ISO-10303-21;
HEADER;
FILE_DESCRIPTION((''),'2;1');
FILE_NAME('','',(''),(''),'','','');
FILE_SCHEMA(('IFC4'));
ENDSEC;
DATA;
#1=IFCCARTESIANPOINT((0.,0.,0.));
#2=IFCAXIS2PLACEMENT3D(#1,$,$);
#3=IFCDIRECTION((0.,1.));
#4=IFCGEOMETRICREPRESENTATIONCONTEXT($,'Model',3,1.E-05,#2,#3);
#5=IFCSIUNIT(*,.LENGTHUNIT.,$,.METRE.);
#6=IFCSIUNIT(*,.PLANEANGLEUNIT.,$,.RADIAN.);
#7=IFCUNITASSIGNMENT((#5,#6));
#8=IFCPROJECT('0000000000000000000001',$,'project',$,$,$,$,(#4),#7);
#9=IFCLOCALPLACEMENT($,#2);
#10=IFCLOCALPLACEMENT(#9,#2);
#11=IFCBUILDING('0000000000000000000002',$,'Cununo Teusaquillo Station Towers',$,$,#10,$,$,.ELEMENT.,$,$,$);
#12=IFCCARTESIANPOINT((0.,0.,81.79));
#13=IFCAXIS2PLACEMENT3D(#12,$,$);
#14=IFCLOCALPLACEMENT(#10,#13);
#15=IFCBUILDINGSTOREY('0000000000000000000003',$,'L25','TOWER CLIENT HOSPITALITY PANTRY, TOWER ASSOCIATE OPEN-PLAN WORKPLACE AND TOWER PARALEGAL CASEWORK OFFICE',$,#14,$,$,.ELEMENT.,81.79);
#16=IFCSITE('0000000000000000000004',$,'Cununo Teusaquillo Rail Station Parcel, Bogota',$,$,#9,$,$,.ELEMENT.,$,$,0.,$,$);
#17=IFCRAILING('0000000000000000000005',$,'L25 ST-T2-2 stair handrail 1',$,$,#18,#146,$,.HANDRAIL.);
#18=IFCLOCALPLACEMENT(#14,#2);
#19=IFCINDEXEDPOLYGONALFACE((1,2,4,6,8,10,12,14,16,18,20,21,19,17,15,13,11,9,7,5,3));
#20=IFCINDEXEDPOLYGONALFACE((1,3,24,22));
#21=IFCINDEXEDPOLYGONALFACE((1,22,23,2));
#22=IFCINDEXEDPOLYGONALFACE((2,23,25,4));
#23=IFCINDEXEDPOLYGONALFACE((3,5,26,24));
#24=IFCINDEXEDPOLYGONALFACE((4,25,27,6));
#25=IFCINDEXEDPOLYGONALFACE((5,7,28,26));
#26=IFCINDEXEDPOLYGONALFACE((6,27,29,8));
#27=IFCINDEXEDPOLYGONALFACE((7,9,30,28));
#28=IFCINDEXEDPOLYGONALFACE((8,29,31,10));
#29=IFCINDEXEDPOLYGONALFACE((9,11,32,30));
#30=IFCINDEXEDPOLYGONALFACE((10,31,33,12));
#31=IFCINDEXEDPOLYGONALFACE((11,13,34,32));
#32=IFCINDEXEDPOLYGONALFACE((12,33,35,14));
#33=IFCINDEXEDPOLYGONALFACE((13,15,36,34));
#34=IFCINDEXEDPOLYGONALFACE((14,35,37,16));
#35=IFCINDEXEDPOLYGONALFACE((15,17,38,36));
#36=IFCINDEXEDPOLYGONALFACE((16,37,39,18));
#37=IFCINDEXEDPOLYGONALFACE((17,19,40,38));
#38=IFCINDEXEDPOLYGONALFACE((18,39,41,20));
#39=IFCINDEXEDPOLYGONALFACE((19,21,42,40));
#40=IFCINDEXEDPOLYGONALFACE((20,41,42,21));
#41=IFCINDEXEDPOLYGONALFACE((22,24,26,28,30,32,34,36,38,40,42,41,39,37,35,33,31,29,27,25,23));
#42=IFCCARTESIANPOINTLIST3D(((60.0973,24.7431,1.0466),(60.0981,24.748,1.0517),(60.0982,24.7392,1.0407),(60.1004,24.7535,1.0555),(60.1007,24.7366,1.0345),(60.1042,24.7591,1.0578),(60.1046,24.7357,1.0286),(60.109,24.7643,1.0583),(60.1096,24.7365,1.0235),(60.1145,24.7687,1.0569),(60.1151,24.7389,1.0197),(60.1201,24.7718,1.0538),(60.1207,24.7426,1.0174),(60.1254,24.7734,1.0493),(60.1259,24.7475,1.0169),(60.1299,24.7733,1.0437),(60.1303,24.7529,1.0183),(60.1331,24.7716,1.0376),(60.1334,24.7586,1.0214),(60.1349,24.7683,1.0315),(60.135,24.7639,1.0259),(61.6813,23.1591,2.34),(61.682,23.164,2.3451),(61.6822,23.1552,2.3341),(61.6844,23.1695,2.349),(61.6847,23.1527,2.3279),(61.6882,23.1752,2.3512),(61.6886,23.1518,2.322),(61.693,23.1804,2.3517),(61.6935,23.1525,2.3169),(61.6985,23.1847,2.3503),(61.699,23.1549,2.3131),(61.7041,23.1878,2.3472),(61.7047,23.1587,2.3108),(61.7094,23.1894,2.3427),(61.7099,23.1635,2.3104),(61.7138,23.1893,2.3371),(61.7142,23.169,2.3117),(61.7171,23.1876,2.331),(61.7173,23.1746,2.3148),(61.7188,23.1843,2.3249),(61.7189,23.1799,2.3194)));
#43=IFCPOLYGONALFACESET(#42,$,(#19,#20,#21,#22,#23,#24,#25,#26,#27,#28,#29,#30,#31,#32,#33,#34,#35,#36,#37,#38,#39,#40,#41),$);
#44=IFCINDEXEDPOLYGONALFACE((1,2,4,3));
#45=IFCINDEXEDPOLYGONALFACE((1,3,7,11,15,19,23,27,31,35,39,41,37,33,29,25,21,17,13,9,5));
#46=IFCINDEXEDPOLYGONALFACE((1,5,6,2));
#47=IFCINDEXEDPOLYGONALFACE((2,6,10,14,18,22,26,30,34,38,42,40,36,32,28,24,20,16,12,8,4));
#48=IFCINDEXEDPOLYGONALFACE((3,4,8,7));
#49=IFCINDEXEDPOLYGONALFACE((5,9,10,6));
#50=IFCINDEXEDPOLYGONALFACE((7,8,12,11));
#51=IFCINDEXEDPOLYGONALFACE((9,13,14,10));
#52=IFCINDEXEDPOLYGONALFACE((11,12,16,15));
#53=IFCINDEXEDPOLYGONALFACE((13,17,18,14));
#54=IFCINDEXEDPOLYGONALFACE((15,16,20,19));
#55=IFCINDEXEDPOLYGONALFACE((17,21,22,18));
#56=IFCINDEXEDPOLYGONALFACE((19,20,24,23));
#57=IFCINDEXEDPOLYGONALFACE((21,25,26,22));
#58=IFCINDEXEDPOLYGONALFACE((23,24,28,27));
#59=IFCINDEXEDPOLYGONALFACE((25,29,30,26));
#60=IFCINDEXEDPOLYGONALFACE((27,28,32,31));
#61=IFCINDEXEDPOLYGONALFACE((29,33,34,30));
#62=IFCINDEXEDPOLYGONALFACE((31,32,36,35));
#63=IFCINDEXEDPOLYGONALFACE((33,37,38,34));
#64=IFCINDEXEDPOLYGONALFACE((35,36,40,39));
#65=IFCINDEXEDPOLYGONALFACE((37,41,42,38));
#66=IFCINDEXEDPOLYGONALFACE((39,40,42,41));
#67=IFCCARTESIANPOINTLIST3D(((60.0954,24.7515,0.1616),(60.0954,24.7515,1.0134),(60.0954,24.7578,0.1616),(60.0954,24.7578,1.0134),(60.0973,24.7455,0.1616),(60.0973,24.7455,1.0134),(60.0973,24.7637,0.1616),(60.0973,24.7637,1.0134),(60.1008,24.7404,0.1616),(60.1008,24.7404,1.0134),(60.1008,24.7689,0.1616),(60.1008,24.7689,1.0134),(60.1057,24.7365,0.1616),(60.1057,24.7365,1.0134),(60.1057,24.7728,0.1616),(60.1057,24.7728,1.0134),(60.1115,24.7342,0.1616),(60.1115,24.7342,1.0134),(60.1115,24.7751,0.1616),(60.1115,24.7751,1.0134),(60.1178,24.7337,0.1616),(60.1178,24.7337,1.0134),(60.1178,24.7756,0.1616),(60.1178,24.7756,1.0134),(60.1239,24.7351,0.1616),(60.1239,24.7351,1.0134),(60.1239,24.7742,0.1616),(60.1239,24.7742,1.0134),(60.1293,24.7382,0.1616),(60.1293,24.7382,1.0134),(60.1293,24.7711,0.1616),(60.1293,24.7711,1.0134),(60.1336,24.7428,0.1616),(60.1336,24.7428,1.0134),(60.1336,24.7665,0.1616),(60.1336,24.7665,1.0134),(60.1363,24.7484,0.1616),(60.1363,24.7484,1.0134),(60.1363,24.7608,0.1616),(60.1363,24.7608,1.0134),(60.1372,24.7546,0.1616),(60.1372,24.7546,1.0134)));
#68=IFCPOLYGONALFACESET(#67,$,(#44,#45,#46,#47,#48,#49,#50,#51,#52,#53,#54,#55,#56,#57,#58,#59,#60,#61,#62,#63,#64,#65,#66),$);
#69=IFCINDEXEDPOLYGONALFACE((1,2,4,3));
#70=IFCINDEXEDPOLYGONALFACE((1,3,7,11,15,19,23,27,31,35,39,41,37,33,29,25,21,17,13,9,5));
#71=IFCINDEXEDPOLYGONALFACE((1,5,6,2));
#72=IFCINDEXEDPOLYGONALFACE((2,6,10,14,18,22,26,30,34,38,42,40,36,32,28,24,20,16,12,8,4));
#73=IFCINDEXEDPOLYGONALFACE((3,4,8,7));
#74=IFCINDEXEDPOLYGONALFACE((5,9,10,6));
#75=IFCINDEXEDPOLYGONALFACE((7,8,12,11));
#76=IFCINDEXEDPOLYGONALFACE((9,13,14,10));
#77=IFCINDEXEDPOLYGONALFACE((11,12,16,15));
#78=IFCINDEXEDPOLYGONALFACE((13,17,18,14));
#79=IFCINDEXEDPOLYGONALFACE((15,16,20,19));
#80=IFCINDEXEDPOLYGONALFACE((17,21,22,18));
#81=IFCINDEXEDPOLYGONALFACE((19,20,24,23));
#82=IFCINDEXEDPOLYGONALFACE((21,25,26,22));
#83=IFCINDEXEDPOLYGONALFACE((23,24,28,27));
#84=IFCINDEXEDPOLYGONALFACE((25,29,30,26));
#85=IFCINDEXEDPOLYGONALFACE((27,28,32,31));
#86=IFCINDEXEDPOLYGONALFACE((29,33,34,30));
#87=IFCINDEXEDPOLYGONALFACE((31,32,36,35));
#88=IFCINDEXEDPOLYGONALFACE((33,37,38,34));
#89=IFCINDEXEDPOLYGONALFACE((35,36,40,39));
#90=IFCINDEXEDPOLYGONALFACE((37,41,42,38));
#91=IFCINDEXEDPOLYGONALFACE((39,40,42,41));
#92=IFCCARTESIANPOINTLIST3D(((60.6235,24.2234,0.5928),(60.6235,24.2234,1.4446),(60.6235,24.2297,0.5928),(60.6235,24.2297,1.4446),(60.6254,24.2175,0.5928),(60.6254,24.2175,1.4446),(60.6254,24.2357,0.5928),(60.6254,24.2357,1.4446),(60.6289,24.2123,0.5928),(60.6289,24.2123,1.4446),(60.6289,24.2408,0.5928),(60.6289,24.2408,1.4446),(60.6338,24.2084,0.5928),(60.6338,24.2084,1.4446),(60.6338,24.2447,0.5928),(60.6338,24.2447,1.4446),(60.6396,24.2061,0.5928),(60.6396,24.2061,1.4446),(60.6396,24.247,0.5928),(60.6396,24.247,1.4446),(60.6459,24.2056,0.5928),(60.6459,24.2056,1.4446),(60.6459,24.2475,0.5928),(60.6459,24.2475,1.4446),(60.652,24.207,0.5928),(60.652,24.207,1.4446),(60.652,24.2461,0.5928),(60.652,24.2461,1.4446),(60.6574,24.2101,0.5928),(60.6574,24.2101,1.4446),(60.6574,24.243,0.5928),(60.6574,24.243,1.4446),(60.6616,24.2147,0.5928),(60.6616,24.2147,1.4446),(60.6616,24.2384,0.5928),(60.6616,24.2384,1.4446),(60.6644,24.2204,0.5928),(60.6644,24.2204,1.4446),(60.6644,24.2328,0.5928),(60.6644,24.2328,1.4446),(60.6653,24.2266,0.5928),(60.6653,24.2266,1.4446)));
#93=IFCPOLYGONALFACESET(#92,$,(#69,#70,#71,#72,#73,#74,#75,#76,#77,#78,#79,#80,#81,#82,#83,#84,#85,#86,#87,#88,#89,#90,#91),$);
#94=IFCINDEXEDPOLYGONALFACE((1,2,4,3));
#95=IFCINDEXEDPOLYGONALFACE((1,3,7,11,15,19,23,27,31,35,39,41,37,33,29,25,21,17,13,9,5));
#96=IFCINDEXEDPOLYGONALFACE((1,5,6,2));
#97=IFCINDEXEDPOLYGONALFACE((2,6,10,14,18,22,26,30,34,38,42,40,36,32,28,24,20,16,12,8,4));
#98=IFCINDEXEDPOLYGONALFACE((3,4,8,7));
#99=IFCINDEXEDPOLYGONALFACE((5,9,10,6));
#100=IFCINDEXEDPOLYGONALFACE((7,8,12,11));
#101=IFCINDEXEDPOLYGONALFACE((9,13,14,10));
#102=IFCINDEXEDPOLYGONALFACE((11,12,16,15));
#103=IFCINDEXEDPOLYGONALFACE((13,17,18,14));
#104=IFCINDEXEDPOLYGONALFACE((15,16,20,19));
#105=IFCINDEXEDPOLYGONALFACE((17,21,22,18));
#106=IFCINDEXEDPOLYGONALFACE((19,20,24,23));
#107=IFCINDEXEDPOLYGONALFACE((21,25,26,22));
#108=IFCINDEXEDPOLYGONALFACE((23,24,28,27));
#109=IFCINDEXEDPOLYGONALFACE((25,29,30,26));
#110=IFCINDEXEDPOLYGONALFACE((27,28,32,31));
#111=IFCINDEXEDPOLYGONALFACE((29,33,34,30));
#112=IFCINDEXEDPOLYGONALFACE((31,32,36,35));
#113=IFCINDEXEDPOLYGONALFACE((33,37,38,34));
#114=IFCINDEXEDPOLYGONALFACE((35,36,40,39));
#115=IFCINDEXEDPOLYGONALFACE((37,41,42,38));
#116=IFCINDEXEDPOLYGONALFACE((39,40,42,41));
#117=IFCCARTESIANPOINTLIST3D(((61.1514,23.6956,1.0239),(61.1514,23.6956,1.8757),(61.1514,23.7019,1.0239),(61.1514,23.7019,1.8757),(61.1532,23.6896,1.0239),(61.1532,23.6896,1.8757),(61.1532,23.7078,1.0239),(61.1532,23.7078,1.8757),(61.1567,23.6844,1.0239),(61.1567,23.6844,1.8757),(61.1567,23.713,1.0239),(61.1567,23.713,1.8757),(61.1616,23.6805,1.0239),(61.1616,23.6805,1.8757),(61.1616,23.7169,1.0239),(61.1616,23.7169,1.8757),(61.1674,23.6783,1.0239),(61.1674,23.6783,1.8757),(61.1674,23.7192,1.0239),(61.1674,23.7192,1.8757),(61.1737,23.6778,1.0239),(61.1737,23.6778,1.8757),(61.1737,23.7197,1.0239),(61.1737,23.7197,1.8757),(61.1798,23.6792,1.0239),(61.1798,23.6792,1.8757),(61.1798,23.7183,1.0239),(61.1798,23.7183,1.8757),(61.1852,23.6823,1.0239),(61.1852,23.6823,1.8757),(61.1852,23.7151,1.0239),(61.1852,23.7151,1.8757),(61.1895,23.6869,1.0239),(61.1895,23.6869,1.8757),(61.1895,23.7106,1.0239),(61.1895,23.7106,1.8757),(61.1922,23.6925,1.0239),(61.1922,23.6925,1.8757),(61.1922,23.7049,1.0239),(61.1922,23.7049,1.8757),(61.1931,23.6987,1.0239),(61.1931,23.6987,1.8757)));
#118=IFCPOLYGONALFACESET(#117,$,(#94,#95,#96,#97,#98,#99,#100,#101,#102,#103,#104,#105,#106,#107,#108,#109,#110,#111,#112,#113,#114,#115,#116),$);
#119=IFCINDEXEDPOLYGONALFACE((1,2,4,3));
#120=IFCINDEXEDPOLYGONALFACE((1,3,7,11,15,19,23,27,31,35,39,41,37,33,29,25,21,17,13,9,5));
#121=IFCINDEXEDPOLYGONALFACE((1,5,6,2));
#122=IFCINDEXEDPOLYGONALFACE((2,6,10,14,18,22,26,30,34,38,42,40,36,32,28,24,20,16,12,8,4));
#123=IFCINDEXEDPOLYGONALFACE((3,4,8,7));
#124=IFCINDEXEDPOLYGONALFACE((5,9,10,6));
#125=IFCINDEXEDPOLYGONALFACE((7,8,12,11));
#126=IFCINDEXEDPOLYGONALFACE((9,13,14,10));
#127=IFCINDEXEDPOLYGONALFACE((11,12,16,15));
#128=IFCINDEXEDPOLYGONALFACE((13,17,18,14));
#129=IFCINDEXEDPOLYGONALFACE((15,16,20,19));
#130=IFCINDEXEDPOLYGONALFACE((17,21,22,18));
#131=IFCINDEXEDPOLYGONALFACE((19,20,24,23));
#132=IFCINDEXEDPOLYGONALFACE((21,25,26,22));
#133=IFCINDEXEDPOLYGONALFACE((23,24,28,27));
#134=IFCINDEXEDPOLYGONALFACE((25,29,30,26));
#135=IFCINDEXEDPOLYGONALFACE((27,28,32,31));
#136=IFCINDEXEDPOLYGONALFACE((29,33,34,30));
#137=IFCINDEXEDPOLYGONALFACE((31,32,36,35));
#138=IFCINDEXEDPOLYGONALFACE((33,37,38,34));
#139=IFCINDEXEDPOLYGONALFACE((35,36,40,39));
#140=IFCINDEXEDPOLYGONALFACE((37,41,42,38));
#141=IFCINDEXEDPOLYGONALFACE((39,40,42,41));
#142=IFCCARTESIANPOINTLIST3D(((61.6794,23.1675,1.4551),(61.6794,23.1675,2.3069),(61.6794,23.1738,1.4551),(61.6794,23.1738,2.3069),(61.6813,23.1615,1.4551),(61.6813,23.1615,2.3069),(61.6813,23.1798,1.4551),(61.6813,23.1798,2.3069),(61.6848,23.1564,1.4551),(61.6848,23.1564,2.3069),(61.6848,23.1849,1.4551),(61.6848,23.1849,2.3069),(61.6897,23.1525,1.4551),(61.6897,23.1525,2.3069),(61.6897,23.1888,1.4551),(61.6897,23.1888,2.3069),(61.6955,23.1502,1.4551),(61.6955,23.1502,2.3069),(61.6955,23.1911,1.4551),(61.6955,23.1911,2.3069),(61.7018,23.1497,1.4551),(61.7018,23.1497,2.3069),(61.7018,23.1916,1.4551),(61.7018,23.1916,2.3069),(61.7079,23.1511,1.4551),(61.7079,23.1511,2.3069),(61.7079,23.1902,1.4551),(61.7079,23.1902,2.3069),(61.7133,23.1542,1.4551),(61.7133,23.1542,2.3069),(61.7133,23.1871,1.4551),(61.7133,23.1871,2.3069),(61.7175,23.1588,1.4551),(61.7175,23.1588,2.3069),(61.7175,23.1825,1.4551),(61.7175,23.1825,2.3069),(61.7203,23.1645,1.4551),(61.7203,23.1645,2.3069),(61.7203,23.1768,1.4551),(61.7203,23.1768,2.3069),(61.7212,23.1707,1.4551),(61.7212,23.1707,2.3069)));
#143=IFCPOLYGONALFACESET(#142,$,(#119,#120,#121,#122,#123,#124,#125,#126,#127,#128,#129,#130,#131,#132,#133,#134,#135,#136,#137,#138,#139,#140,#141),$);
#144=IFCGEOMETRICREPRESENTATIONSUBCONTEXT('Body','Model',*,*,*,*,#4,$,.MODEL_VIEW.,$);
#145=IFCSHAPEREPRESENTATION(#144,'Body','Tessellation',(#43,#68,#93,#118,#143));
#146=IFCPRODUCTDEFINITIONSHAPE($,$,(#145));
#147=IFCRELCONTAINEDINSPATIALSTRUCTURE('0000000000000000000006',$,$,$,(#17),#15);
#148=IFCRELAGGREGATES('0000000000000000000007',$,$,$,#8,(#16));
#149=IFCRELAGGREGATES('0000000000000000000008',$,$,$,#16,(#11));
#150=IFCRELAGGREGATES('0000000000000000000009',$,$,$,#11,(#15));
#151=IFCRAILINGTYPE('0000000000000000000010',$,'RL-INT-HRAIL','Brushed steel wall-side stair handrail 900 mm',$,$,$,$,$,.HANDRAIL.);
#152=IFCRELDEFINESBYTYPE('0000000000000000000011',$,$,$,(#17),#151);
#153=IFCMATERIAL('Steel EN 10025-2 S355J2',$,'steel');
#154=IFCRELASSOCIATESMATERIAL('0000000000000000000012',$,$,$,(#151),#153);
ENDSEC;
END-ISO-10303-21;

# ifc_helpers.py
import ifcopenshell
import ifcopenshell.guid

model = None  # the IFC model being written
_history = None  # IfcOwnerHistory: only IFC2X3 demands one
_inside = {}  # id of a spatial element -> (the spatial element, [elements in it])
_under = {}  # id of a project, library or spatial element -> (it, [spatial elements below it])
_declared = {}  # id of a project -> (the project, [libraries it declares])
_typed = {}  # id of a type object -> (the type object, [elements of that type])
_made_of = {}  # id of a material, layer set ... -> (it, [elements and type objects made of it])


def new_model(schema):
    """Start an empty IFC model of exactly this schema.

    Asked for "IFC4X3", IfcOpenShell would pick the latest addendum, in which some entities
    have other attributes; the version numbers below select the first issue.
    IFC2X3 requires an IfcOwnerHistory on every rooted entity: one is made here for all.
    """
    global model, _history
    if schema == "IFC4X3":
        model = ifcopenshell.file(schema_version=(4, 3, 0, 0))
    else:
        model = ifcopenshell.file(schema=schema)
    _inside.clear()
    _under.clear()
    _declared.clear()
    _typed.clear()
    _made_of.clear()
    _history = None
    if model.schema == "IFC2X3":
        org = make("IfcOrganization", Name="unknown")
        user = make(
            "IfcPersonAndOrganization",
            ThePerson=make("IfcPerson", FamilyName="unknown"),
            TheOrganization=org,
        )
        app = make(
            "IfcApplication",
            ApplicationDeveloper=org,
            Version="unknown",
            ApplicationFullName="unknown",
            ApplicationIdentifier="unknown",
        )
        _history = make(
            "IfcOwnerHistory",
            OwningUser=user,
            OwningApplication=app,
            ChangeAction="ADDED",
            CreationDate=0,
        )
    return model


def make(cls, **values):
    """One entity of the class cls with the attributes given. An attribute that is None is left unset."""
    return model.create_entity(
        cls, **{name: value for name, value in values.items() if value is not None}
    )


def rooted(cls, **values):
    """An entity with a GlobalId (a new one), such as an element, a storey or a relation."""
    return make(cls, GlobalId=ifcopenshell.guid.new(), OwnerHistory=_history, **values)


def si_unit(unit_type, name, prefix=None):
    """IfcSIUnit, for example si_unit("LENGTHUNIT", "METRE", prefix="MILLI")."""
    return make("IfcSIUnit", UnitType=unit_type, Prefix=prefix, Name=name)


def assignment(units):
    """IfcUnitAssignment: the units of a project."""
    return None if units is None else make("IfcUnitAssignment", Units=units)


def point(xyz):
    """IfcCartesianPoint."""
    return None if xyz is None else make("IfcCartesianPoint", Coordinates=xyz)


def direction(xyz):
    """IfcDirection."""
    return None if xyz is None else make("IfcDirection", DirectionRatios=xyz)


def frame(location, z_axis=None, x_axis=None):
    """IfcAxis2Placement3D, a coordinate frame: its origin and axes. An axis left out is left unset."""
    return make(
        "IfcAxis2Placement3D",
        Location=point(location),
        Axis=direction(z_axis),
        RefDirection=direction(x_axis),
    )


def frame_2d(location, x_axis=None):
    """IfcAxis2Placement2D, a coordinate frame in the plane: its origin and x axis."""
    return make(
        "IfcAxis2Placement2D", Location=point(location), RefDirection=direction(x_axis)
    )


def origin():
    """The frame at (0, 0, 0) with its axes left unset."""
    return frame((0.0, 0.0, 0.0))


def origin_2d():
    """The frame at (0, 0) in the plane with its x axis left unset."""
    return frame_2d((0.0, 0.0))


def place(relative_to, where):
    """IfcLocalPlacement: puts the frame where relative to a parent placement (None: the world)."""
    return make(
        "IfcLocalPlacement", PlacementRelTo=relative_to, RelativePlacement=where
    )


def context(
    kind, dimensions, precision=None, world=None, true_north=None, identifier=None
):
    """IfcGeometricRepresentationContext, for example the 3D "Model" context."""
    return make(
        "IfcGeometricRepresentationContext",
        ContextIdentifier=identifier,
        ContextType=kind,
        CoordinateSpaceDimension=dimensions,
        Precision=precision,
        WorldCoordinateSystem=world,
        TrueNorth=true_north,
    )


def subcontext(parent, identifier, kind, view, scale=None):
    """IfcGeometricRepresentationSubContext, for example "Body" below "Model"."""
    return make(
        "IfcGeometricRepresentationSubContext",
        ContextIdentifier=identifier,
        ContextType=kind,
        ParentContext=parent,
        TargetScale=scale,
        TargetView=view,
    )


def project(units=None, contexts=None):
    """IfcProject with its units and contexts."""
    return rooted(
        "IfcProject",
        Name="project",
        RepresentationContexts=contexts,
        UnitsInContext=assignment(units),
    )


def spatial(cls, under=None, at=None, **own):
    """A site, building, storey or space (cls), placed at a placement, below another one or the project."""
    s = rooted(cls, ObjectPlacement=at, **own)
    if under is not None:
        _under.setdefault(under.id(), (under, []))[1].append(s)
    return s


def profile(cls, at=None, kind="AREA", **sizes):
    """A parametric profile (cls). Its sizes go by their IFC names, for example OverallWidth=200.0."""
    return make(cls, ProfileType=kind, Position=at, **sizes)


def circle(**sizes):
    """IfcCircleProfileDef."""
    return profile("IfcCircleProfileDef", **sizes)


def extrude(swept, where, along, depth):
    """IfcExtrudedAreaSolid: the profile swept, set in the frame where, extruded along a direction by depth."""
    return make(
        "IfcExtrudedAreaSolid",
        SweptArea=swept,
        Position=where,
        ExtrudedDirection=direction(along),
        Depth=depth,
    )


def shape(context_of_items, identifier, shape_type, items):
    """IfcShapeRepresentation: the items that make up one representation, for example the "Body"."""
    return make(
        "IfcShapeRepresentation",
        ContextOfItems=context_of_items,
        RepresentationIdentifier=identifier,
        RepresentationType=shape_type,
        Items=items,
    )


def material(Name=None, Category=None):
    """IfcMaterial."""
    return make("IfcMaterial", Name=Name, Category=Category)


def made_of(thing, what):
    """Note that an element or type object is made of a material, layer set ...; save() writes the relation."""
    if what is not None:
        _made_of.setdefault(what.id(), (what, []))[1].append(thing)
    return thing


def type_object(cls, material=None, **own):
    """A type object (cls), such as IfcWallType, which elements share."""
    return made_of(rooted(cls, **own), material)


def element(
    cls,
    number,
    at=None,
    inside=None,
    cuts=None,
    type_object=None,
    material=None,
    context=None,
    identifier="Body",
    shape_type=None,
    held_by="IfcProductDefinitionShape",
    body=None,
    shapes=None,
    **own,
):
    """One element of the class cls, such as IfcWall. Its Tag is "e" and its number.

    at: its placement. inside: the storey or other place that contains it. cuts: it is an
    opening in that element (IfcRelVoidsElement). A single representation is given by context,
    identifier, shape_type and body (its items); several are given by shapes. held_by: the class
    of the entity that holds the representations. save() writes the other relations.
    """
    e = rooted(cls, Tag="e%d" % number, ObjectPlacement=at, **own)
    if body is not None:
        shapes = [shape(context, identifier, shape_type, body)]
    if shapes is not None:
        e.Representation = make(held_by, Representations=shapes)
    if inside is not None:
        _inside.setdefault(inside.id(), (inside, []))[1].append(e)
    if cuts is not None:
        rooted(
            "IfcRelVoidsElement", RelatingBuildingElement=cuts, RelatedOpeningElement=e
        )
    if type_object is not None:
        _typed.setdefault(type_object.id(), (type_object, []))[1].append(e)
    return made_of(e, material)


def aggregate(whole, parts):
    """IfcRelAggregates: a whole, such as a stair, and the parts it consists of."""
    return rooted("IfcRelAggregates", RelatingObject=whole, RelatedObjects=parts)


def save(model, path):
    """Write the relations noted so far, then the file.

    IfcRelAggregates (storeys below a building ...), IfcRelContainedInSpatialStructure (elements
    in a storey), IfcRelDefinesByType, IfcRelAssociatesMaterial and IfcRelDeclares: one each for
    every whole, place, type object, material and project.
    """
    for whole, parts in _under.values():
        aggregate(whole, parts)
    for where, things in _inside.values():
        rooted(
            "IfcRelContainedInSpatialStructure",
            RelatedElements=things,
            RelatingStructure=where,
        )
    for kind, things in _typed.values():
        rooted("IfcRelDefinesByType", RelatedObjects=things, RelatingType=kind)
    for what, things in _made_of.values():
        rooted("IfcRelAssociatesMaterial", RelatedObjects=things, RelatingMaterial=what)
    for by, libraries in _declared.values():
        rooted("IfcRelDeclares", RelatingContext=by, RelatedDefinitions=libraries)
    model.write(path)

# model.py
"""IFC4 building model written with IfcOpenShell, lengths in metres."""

from ifc_helpers import new_model, si_unit, direction, frame, origin, origin_2d, place, context, subcontext, project, spatial, circle, extrude, material, type_object, element, save


model = new_model("IFC4")

# Units and contexts
model_context = context("Model", 3, precision=1e-05, world=origin(), true_north=direction((0.0, 1.0)))
body_context = subcontext(model_context, "Body", "Model", "MODEL_VIEW")
ifc_project = project(units=[si_unit("LENGTHUNIT", "METRE"), si_unit("PLANEANGLEUNIT", "RADIAN")], contexts=[model_context])

# Site, building, storey
site_placement = place(None, origin())
site = spatial("IfcSite", under=ifc_project, at=site_placement, Name="Cununo Teusaquillo Rail Station Parcel, Bogota", CompositionType="ELEMENT", RefElevation=0.0)
building_placement = place(site_placement, origin())
building = spatial("IfcBuilding", under=site, at=building_placement, Name="Cununo Teusaquillo Station Towers", CompositionType="ELEMENT")
storey_placement = place(building_placement, frame((0.0, 0.0, 81.79)))
storey = spatial("IfcBuildingStorey", under=building, at=storey_placement, Name="L25", Description="TOWER CLIENT HOSPITALITY PANTRY, TOWER ASSOCIATE OPEN-PLAN WORKPLACE AND TOWER PARALEGAL CASEWORK OFFICE", CompositionType="ELEMENT", Elevation=81.79)

# Railing
ifc_material_1 = material(Name="Steel EN 10025-2 S355J2", Category="steel")
railing_type_1 = type_object("IfcRailingType", Name="RL-INT-HRAIL", Description="Brushed steel wall-side stair handrail 900 mm", PredefinedType="HANDRAIL", material=ifc_material_1)
railing_1_placement = place(storey_placement, frame((60.1162, 24.7546, 0.1616)))
element("IfcRailing", 1, at=railing_1_placement, inside=storey, type_object=railing_type_1, Name="L25 ST-T2-2 stair handrail 1", PredefinedType="HANDRAIL", context=body_context, shape_type="SweptSolid", body=[
    extrude(circle(Radius=0.0239, at=origin_2d()), frame((0.0, 0.0, 0.876), z_axis=(0.612356, -0.612356, 0.50004), x_axis=(0.707107, 0.707107, 0.0)), (0.0, 0.0, 1.0), 2.5867),
    extrude(circle(Radius=0.021, at=origin_2d()), origin(), (0.0, 0.0, 1.0), 0.8518),
    extrude(circle(Radius=0.021, at=origin_2d()), frame((0.5281, -0.5281, 0.4312)), (0.0, 0.0, 1.0), 0.8518),
    extrude(circle(Radius=0.021, at=origin_2d()), frame((1.0559, -1.0559, 0.8623)), (0.0, 0.0, 1.0), 0.8518),
    extrude(circle(Radius=0.021, at=origin_2d()), frame((1.584, -1.584, 1.2935)), (0.0, 0.0, 1.0), 0.8518),
])

save(model, "model.ifc")
